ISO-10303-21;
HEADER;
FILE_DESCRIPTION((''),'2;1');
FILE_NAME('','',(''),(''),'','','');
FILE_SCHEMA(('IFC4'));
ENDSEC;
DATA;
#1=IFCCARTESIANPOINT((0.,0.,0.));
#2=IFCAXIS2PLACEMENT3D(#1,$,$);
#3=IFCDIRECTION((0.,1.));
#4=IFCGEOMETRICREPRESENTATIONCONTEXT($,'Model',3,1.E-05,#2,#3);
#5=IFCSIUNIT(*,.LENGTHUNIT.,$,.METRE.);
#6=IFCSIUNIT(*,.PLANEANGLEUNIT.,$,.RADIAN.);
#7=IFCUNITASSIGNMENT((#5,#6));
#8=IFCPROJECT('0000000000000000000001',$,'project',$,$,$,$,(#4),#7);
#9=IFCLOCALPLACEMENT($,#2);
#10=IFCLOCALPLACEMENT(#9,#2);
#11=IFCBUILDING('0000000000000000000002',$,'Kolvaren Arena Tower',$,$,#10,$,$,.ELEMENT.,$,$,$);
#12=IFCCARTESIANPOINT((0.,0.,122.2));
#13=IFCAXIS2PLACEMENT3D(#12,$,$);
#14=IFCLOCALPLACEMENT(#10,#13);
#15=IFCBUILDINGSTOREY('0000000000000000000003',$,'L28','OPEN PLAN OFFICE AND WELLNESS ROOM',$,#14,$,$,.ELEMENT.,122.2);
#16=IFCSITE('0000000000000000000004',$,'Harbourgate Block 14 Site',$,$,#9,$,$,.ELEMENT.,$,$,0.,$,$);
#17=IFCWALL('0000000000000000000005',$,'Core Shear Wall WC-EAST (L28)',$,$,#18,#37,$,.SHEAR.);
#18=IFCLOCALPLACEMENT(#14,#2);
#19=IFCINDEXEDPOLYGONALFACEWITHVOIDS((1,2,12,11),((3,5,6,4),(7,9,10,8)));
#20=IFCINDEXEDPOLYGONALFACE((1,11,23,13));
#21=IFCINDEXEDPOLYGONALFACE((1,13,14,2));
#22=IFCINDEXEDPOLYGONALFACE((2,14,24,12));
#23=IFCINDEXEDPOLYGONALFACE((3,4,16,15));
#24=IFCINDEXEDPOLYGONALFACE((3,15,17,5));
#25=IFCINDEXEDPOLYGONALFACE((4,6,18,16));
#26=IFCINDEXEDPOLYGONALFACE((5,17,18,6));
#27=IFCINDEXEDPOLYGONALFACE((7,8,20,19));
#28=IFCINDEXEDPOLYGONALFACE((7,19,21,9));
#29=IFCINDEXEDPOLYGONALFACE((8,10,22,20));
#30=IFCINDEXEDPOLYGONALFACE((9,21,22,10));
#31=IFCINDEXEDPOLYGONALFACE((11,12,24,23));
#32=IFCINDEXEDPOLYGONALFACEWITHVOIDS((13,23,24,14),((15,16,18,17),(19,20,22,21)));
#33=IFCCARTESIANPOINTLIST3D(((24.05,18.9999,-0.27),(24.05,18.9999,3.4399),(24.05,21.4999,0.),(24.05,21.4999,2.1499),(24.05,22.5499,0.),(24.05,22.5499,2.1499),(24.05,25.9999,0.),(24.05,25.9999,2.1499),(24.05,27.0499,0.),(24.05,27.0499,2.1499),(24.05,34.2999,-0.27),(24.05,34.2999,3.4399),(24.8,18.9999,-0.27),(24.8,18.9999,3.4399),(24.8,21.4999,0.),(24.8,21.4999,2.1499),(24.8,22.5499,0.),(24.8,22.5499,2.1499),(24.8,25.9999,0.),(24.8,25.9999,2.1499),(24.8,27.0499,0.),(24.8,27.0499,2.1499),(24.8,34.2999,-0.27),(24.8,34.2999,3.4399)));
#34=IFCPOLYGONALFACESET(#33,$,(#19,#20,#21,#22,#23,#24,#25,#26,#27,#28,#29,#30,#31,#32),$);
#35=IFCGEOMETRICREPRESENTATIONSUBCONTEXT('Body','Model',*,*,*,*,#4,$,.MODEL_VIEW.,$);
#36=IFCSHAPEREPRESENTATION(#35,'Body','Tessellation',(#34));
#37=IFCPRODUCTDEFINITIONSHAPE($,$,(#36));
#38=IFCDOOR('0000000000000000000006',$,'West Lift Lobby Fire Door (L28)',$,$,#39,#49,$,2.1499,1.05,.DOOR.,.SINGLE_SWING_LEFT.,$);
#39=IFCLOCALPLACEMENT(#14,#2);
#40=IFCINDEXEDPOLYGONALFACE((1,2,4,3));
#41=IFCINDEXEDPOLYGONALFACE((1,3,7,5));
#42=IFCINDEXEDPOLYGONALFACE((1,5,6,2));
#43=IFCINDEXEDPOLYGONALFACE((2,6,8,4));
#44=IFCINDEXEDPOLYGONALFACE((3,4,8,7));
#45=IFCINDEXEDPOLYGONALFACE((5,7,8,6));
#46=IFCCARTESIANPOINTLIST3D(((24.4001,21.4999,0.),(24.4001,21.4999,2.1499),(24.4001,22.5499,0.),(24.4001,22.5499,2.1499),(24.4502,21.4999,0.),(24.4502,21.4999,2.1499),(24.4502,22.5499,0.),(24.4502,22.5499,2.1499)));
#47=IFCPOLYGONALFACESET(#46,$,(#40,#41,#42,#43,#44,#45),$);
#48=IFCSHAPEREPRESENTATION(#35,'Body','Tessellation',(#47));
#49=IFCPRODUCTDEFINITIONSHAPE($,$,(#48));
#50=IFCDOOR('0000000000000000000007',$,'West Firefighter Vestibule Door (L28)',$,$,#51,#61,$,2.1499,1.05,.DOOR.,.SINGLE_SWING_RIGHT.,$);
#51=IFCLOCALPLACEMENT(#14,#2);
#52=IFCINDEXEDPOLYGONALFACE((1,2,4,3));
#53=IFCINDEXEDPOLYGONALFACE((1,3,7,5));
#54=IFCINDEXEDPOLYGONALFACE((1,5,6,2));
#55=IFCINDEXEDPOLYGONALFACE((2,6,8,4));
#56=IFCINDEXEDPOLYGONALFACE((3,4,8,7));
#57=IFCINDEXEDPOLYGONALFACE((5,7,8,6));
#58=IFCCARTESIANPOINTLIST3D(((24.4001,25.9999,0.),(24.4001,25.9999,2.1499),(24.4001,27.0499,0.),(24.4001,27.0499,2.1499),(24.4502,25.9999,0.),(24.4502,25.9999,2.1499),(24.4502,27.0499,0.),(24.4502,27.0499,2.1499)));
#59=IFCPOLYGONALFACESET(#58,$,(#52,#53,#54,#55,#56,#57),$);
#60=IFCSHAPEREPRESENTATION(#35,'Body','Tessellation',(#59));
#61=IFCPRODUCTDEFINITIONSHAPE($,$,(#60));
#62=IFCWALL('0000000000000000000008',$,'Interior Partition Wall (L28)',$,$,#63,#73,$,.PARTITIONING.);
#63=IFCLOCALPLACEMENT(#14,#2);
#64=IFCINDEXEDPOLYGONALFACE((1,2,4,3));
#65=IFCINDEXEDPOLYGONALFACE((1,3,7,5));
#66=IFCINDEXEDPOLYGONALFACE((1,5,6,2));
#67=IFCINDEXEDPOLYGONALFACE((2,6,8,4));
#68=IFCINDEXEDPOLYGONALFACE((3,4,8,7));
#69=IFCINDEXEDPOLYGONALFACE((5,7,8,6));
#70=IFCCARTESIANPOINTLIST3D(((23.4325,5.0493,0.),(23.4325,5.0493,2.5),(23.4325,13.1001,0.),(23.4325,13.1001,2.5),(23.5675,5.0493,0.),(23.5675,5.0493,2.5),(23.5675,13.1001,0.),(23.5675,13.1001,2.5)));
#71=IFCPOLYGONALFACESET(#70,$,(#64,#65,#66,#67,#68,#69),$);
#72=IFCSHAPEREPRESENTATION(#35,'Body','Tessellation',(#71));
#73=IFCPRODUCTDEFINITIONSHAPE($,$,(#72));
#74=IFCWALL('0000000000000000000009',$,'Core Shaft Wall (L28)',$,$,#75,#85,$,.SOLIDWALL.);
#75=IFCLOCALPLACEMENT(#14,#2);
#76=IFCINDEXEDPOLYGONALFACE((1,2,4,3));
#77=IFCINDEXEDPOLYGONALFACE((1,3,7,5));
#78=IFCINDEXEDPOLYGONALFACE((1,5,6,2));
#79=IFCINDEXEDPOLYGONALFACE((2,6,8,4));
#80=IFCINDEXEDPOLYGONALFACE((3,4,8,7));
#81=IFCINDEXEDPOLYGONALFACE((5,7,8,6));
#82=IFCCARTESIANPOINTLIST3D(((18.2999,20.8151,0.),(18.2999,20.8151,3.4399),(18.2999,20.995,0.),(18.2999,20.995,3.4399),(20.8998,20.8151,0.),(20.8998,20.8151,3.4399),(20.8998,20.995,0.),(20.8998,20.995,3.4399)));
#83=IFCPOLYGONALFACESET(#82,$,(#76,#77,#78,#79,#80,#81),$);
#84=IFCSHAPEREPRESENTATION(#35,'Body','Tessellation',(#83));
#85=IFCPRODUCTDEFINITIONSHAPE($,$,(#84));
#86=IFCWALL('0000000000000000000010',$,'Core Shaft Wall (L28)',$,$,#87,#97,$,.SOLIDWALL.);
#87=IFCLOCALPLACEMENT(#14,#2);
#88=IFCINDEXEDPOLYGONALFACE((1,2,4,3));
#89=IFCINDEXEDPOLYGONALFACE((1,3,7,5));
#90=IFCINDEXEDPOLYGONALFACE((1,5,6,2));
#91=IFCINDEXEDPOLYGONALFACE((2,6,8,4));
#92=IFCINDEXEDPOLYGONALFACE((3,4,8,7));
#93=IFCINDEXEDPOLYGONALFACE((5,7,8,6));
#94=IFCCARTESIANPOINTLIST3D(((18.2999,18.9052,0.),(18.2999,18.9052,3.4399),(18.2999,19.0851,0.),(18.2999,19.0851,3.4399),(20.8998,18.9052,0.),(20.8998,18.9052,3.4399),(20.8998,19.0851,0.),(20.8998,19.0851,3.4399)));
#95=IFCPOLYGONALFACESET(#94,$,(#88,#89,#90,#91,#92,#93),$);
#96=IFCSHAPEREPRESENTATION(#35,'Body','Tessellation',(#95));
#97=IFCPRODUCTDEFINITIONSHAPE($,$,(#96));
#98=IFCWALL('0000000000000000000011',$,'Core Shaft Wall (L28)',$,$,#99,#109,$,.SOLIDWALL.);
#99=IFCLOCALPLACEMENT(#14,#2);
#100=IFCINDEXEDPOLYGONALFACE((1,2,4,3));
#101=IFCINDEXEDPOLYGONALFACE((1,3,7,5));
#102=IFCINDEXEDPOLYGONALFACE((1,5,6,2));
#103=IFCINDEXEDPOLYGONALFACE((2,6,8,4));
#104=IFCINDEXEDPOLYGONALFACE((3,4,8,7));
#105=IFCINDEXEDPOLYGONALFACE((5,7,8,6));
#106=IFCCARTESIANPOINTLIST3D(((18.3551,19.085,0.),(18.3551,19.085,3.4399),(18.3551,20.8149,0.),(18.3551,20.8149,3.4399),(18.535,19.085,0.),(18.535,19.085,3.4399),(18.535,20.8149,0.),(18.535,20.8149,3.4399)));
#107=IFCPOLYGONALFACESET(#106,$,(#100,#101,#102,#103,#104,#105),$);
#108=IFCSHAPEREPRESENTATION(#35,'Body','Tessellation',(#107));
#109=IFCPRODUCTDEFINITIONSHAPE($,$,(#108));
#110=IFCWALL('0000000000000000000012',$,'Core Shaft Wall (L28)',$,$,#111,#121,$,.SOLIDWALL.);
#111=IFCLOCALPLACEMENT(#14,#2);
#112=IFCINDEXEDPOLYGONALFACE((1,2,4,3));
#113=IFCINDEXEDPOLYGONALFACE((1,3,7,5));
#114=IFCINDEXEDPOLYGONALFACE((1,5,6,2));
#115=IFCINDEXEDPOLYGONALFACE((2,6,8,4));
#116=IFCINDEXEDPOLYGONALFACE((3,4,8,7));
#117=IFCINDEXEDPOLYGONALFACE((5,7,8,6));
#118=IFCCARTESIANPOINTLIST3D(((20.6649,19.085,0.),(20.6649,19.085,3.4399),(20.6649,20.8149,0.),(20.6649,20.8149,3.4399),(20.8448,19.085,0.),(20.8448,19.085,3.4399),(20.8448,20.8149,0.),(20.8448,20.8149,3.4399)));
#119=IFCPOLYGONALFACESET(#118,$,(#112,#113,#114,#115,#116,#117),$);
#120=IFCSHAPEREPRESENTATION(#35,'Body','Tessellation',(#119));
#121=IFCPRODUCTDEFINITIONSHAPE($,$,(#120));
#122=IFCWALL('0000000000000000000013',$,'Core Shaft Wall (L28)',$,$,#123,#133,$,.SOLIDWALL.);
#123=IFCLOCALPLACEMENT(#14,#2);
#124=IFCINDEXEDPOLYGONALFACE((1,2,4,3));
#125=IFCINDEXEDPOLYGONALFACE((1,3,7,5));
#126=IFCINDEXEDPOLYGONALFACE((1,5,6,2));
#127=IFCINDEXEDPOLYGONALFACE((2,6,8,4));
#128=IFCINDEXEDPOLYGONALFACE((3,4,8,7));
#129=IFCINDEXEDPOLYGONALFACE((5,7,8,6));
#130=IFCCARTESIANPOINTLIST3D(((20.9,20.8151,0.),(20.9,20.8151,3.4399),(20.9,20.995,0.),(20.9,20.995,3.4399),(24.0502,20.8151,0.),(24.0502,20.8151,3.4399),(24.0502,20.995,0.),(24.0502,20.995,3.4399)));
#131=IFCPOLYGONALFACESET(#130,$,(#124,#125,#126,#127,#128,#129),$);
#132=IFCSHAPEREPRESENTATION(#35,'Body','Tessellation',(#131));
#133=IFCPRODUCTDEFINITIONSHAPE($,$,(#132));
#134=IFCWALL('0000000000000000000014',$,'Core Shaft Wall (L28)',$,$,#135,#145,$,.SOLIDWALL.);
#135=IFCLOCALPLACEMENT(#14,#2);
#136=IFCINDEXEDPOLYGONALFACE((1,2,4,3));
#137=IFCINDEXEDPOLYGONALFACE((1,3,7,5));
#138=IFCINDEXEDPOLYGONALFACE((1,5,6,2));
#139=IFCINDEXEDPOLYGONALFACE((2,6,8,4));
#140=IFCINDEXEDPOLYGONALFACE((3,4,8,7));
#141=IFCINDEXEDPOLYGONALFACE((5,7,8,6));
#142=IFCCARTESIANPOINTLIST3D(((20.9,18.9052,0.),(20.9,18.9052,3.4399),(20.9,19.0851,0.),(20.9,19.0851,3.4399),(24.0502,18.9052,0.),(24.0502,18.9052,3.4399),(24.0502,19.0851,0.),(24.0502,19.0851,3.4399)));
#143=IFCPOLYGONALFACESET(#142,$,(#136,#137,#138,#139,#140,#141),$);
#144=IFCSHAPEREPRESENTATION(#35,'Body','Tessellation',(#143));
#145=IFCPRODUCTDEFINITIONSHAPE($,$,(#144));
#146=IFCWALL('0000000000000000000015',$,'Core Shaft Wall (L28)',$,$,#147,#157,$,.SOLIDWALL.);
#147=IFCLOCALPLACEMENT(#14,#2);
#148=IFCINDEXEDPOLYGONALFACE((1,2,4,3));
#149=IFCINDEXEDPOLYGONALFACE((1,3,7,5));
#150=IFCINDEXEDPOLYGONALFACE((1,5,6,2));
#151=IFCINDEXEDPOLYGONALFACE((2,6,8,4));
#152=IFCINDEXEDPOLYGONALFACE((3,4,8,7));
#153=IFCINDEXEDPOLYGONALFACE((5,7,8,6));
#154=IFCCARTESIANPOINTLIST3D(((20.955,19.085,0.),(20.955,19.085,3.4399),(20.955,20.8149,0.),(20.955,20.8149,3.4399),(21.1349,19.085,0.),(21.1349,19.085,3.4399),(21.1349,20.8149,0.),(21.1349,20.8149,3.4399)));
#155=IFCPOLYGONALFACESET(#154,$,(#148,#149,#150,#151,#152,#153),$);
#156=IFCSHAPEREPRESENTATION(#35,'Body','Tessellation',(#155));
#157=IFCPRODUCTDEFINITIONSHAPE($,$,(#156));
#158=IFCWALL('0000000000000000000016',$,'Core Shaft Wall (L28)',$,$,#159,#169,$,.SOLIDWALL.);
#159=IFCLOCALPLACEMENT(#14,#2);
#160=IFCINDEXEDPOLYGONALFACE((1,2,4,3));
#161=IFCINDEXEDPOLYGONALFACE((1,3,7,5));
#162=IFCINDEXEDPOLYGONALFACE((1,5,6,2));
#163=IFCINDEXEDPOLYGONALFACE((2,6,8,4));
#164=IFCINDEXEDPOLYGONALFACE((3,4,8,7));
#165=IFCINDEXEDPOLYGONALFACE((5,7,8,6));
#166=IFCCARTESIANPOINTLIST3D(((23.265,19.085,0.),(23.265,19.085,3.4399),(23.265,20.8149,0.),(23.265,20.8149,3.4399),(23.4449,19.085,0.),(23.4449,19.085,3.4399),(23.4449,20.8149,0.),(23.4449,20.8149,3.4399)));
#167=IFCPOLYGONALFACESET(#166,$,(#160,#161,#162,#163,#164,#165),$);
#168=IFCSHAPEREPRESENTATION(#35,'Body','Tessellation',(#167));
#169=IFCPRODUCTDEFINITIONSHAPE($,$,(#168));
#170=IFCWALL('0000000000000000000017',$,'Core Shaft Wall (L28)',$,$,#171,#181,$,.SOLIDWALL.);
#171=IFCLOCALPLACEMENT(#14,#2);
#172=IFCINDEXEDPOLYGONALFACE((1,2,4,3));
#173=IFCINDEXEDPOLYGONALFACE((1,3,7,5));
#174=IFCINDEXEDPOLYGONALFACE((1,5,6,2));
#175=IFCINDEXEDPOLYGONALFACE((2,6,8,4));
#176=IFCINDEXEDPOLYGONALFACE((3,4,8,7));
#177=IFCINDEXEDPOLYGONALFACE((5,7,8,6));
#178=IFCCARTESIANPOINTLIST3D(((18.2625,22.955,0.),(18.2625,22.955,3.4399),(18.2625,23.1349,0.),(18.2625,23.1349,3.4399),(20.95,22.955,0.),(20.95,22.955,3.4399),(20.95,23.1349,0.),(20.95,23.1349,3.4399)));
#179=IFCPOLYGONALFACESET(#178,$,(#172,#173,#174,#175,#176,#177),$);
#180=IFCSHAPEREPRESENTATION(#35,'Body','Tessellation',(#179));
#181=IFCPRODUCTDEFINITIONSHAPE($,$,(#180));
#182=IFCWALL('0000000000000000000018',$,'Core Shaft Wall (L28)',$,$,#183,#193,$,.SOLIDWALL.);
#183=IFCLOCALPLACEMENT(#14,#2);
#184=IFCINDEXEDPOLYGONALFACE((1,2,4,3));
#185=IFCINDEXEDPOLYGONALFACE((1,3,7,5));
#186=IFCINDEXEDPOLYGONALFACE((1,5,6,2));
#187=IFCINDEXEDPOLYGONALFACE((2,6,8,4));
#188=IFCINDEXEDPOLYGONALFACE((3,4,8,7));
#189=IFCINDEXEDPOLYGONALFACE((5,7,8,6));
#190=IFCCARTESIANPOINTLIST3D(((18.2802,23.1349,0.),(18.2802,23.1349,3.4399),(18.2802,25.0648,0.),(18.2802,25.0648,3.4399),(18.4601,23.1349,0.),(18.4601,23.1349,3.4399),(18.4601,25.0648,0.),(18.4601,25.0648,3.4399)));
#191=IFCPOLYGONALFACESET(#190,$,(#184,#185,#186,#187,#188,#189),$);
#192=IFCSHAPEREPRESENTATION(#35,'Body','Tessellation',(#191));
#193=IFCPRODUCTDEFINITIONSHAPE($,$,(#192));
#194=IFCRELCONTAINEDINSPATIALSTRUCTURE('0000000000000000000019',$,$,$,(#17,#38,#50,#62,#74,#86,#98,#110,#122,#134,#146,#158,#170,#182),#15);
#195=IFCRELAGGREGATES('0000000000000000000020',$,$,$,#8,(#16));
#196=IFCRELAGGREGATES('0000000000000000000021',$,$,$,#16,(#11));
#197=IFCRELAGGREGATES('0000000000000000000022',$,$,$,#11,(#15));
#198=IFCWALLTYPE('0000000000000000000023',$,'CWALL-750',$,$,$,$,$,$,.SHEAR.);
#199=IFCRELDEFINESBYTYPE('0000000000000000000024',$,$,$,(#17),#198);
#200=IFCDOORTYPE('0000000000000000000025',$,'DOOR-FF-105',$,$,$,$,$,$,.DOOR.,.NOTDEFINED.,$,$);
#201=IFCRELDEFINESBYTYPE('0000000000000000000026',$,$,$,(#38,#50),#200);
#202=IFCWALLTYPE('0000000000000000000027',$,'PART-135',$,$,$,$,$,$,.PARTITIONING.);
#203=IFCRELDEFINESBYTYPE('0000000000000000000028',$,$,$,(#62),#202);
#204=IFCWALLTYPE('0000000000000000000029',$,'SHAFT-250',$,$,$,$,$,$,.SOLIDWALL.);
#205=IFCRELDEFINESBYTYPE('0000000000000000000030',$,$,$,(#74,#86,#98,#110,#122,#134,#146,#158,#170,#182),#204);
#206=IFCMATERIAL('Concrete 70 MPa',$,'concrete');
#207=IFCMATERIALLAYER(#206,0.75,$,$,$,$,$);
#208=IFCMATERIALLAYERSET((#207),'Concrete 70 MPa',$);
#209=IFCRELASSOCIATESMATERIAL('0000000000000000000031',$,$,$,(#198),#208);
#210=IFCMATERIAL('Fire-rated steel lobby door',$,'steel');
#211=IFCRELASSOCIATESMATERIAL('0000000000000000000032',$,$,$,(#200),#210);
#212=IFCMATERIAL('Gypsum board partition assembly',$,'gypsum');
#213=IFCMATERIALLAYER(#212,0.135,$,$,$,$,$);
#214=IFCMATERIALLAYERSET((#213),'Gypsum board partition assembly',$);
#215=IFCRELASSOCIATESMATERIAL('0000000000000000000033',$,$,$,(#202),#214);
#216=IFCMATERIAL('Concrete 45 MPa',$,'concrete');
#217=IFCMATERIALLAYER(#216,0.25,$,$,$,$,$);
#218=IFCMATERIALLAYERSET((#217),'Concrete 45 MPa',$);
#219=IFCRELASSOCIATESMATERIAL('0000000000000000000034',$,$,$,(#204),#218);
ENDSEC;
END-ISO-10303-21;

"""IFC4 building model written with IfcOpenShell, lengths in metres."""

from ifc_helpers import new_model, si_unit, direction, frame, frame_2d, origin, place, context, subcontext, project, spatial, rectangle, extrude, material, layer, layer_set, type_object, element, fill, save


model = new_model("IFC4")

# Units and contexts
model_context = context("Model", 3, precision=1e-05, world=origin(), true_north=direction((0.0, 1.0)))
body_context = subcontext(model_context, "Body", "Model", "MODEL_VIEW")
ifc_project = project(units=[si_unit("LENGTHUNIT", "METRE"), si_unit("PLANEANGLEUNIT", "RADIAN")], contexts=[model_context])

# Site, building, storey
site_placement = place(None, origin())
site = spatial("IfcSite", under=ifc_project, at=site_placement, Name="Harbourgate Block 14 Site", CompositionType="ELEMENT", RefElevation=0.0)
building_placement = place(site_placement, origin())
building = spatial("IfcBuilding", under=site, at=building_placement, Name="Kolvaren Arena Tower", CompositionType="ELEMENT")
storey_placement = place(building_placement, frame((0.0, 0.0, 122.2)))
storey = spatial("IfcBuildingStorey", under=building, at=storey_placement, Name="L28", Description="OPEN PLAN OFFICE AND WELLNESS ROOM", CompositionType="ELEMENT", Elevation=122.2)

# Wall, openings, doors
ifc_material_1 = material(Name="Concrete 70 MPa", Category="concrete")
ifc_layer_1 = layer(ifc_material_1, 0.75)
ifc_layer_set_1 = layer_set([ifc_layer_1], Name="Concrete 70 MPa")
wall_type_1 = type_object("IfcWallType", Name="CWALL-750", PredefinedType="SHEAR", material=ifc_layer_set_1)
wall_1_placement = place(storey_placement, frame((24.425, 19.0, -0.27), z_axis=(0.0, 0.0, 1.0), x_axis=(0.0, 1.0, 0.0)))
wall_1 = element("IfcWall", 1, at=wall_1_placement, inside=storey, type_object=wall_type_1, Name="Core Shear Wall WC-EAST (L28)", PredefinedType="SHEAR", context=body_context, shape_type="SweptSolid", body=[
    extrude(rectangle(XDim=15.3, YDim=0.75, at=frame_2d((7.6499, 0.0))), origin(), (0.0, 0.0, 1.0), 3.71),
])
opening_1_placement = place(wall_1_placement, frame((2.5, 0.0, 0.27)))
opening_1 = element("IfcOpeningElement", 2, at=opening_1_placement, cuts=wall_1, PredefinedType="OPENING", context=body_context, shape_type="SweptSolid", body=[
    extrude(rectangle(XDim=1.05, YDim=2.1499, at=frame_2d((0.5249, 1.075))), frame((0.0, 0.385, 0.0), z_axis=(0.0, -1.0, 0.0), x_axis=(1.0, 0.0, 0.0)), (0.0, 0.0, 1.0), 0.77),
])
opening_2_placement = place(wall_1_placement, frame((7.0, 0.0, 0.27)))
opening_2 = element("IfcOpeningElement", 3, at=opening_2_placement, cuts=wall_1, PredefinedType="OPENING", context=body_context, shape_type="SweptSolid", body=[
    extrude(rectangle(XDim=1.05, YDim=2.1499, at=frame_2d((0.5249, 1.075))), frame((0.0, 0.385, 0.0), z_axis=(0.0, -1.0, 0.0), x_axis=(1.0, 0.0, 0.0)), (0.0, 0.0, 1.0), 0.77),
])
ifc_material_2 = material(Name="Fire-rated steel lobby door", Category="steel")
door_type = type_object("IfcDoorType", Name="DOOR-FF-105", OperationType="NOTDEFINED", PredefinedType="DOOR", material=ifc_material_2)
door_1_placement = place(opening_1_placement, origin())
door_1 = element("IfcDoor", 4, at=door_1_placement, inside=storey, type_object=door_type, Name="West Lift Lobby Fire Door (L28)", OperationType="SINGLE_SWING_LEFT", OverallHeight=2.1499, OverallWidth=1.05, PredefinedType="DOOR", context=body_context, shape_type="SweptSolid", body=[
    extrude(rectangle(XDim=1.05, YDim=2.1499, at=frame_2d((0.5249, 1.075))), frame((0.0, 0.0249, 0.0), z_axis=(0.0, -1.0, 0.0), x_axis=(1.0, 0.0, 0.0)), (0.0, 0.0, 1.0), 0.05),
])
fill(opening_1, door_1)
door_2_placement = place(opening_2_placement, origin())
door_2 = element("IfcDoor", 5, at=door_2_placement, inside=storey, type_object=door_type, Name="West Firefighter Vestibule Door (L28)", OperationType="SINGLE_SWING_RIGHT", OverallHeight=2.1499, OverallWidth=1.05, PredefinedType="DOOR", context=body_context, shape_type="SweptSolid", body=[
    extrude(rectangle(XDim=1.05, YDim=2.1499, at=frame_2d((0.5249, 1.075))), frame((0.0, 0.0249, 0.0), z_axis=(0.0, -1.0, 0.0), x_axis=(1.0, 0.0, 0.0)), (0.0, 0.0, 1.0), 0.05),
])
fill(opening_2, door_2)

# Walls
ifc_material_3 = material(Name="Gypsum board partition assembly", Category="gypsum")
ifc_layer_2 = layer(ifc_material_3, 0.135)
ifc_layer_set_2 = layer_set([ifc_layer_2], Name="Gypsum board partition assembly")
wall_type_2 = type_object("IfcWallType", Name="PART-135", PredefinedType="PARTITIONING", material=ifc_layer_set_2)
wall_2_placement = place(storey_placement, frame((23.5, 5.0493, 0.0), z_axis=(0.0, 0.0, 1.0), x_axis=(0.0, 1.0, 0.0)))
element("IfcWall", 6, at=wall_2_placement, inside=storey, type_object=wall_type_2, Name="Interior Partition Wall (L28)", PredefinedType="PARTITIONING", context=body_context, shape_type="SweptSolid", body=[
    extrude(rectangle(XDim=8.0508, YDim=0.135, at=frame_2d((4.0254, 0.0))), origin(), (0.0, 0.0, 1.0), 2.5),
])
ifc_material_4 = material(Name="Concrete 45 MPa", Category="concrete")
ifc_layer_3 = layer(ifc_material_4, 0.25)
ifc_layer_set_3 = layer_set([ifc_layer_3], Name="Concrete 45 MPa")
wall_type_3 = type_object("IfcWallType", Name="SHAFT-250", PredefinedType="SOLIDWALL", material=ifc_layer_set_3)
for number, where, z_axis, x_axis, name in (
    (7, (18.3, 20.905, 0.0), (0.0, 0.0, 1.0), (1.0, 0.0, 0.0), "Core Shaft Wall (L28)"),
    (8, (18.3, 18.9951, 0.0), (0.0, 0.0, 1.0), (1.0, 0.0, 0.0), "Core Shaft Wall (L28)"),
):
    element("IfcWall", number, at=place(storey_placement, frame(where, z_axis=z_axis, x_axis=x_axis)), inside=storey, type_object=wall_type_3, Name=name, PredefinedType="SOLIDWALL", context=body_context, shape_type="SweptSolid", body=[
        extrude(rectangle(XDim=2.5999, YDim=0.1799, at=frame_2d((1.2998, 0.0))), origin(), (0.0, 0.0, 1.0), 3.4399),
    ])
for number, where, z_axis, x_axis, name in (
    (9, (18.4451, 19.085, 0.0), (0.0, 0.0, 1.0), (0.0, 1.0, 0.0), "Core Shaft Wall (L28)"),
    (10, (20.7549, 19.085, 0.0), (0.0, 0.0, 1.0), (0.0, 1.0, 0.0), "Core Shaft Wall (L28)"),
):
    element("IfcWall", number, at=place(storey_placement, frame(where, z_axis=z_axis, x_axis=x_axis)), inside=storey, type_object=wall_type_3, Name=name, PredefinedType="SOLIDWALL", context=body_context, shape_type="SweptSolid", body=[
        extrude(rectangle(XDim=1.73, YDim=0.1799, at=frame_2d((0.865, 0.0))), origin(), (0.0, 0.0, 1.0), 3.4399),
    ])
for number, where, z_axis, x_axis, name in (
    (11, (20.8999, 20.905, 0.0), (0.0, 0.0, 1.0), (1.0, 0.0, 0.0), "Core Shaft Wall (L28)"),
    (12, (20.8999, 18.9951, 0.0), (0.0, 0.0, 1.0), (1.0, 0.0, 0.0), "Core Shaft Wall (L28)"),
):
    element("IfcWall", number, at=place(storey_placement, frame(where, z_axis=z_axis, x_axis=x_axis)), inside=storey, type_object=wall_type_3, Name=name, PredefinedType="SOLIDWALL", context=body_context, shape_type="SweptSolid", body=[
        extrude(rectangle(XDim=3.1501, YDim=0.1799, at=frame_2d((1.5752, 0.0))), origin(), (0.0, 0.0, 1.0), 3.4399),
    ])
for number, where, z_axis, x_axis, name in (
    (13, (21.0449, 19.085, 0.0), (0.0, 0.0, 1.0), (0.0, 1.0, 0.0), "Core Shaft Wall (L28)"),
    (14, (23.355, 19.085, 0.0), (0.0, 0.0, 1.0), (0.0, 1.0, 0.0), "Core Shaft Wall (L28)"),
):
    element("IfcWall", number, at=place(storey_placement, frame(where, z_axis=z_axis, x_axis=x_axis)), inside=storey, type_object=wall_type_3, Name=name, PredefinedType="SOLIDWALL", context=body_context, shape_type="SweptSolid", body=[
        extrude(rectangle(XDim=1.73, YDim=0.1799, at=frame_2d((0.865, 0.0))), origin(), (0.0, 0.0, 1.0), 3.4399),
    ])
wall_3_placement = place(storey_placement, frame((18.2625, 23.0449, 0.0), z_axis=(0.0, 0.0, 1.0), x_axis=(1.0, 0.0, 0.0)))
element("IfcWall", 15, at=wall_3_placement, inside=storey, type_object=wall_type_3, Name="Core Shaft Wall (L28)", PredefinedType="SOLIDWALL", context=body_context, shape_type="SweptSolid", body=[
    extrude(rectangle(XDim=2.6875, YDim=0.1799, at=frame_2d((1.3438, 0.0))), origin(), (0.0, 0.0, 1.0), 3.4399),
])
for number, where, z_axis, x_axis, name in (
    (16, (18.3701, 23.135, 0.0), (0.0, 0.0, 1.0), (0.0, 1.0, 0.0), "Core Shaft Wall (L28)"),
):
    element("IfcWall", number, at=place(storey_placement, frame(where, z_axis=z_axis, x_axis=x_axis)), inside=storey, type_object=wall_type_3, Name=name, PredefinedType="SOLIDWALL", context=body_context, shape_type="SweptSolid", body=[
        extrude(rectangle(XDim=1.9299, YDim=0.1799, at=frame_2d((0.9648, 0.0))), origin(), (0.0, 0.0, 1.0), 3.4399),
    ])

save(model, "model.ifc")
